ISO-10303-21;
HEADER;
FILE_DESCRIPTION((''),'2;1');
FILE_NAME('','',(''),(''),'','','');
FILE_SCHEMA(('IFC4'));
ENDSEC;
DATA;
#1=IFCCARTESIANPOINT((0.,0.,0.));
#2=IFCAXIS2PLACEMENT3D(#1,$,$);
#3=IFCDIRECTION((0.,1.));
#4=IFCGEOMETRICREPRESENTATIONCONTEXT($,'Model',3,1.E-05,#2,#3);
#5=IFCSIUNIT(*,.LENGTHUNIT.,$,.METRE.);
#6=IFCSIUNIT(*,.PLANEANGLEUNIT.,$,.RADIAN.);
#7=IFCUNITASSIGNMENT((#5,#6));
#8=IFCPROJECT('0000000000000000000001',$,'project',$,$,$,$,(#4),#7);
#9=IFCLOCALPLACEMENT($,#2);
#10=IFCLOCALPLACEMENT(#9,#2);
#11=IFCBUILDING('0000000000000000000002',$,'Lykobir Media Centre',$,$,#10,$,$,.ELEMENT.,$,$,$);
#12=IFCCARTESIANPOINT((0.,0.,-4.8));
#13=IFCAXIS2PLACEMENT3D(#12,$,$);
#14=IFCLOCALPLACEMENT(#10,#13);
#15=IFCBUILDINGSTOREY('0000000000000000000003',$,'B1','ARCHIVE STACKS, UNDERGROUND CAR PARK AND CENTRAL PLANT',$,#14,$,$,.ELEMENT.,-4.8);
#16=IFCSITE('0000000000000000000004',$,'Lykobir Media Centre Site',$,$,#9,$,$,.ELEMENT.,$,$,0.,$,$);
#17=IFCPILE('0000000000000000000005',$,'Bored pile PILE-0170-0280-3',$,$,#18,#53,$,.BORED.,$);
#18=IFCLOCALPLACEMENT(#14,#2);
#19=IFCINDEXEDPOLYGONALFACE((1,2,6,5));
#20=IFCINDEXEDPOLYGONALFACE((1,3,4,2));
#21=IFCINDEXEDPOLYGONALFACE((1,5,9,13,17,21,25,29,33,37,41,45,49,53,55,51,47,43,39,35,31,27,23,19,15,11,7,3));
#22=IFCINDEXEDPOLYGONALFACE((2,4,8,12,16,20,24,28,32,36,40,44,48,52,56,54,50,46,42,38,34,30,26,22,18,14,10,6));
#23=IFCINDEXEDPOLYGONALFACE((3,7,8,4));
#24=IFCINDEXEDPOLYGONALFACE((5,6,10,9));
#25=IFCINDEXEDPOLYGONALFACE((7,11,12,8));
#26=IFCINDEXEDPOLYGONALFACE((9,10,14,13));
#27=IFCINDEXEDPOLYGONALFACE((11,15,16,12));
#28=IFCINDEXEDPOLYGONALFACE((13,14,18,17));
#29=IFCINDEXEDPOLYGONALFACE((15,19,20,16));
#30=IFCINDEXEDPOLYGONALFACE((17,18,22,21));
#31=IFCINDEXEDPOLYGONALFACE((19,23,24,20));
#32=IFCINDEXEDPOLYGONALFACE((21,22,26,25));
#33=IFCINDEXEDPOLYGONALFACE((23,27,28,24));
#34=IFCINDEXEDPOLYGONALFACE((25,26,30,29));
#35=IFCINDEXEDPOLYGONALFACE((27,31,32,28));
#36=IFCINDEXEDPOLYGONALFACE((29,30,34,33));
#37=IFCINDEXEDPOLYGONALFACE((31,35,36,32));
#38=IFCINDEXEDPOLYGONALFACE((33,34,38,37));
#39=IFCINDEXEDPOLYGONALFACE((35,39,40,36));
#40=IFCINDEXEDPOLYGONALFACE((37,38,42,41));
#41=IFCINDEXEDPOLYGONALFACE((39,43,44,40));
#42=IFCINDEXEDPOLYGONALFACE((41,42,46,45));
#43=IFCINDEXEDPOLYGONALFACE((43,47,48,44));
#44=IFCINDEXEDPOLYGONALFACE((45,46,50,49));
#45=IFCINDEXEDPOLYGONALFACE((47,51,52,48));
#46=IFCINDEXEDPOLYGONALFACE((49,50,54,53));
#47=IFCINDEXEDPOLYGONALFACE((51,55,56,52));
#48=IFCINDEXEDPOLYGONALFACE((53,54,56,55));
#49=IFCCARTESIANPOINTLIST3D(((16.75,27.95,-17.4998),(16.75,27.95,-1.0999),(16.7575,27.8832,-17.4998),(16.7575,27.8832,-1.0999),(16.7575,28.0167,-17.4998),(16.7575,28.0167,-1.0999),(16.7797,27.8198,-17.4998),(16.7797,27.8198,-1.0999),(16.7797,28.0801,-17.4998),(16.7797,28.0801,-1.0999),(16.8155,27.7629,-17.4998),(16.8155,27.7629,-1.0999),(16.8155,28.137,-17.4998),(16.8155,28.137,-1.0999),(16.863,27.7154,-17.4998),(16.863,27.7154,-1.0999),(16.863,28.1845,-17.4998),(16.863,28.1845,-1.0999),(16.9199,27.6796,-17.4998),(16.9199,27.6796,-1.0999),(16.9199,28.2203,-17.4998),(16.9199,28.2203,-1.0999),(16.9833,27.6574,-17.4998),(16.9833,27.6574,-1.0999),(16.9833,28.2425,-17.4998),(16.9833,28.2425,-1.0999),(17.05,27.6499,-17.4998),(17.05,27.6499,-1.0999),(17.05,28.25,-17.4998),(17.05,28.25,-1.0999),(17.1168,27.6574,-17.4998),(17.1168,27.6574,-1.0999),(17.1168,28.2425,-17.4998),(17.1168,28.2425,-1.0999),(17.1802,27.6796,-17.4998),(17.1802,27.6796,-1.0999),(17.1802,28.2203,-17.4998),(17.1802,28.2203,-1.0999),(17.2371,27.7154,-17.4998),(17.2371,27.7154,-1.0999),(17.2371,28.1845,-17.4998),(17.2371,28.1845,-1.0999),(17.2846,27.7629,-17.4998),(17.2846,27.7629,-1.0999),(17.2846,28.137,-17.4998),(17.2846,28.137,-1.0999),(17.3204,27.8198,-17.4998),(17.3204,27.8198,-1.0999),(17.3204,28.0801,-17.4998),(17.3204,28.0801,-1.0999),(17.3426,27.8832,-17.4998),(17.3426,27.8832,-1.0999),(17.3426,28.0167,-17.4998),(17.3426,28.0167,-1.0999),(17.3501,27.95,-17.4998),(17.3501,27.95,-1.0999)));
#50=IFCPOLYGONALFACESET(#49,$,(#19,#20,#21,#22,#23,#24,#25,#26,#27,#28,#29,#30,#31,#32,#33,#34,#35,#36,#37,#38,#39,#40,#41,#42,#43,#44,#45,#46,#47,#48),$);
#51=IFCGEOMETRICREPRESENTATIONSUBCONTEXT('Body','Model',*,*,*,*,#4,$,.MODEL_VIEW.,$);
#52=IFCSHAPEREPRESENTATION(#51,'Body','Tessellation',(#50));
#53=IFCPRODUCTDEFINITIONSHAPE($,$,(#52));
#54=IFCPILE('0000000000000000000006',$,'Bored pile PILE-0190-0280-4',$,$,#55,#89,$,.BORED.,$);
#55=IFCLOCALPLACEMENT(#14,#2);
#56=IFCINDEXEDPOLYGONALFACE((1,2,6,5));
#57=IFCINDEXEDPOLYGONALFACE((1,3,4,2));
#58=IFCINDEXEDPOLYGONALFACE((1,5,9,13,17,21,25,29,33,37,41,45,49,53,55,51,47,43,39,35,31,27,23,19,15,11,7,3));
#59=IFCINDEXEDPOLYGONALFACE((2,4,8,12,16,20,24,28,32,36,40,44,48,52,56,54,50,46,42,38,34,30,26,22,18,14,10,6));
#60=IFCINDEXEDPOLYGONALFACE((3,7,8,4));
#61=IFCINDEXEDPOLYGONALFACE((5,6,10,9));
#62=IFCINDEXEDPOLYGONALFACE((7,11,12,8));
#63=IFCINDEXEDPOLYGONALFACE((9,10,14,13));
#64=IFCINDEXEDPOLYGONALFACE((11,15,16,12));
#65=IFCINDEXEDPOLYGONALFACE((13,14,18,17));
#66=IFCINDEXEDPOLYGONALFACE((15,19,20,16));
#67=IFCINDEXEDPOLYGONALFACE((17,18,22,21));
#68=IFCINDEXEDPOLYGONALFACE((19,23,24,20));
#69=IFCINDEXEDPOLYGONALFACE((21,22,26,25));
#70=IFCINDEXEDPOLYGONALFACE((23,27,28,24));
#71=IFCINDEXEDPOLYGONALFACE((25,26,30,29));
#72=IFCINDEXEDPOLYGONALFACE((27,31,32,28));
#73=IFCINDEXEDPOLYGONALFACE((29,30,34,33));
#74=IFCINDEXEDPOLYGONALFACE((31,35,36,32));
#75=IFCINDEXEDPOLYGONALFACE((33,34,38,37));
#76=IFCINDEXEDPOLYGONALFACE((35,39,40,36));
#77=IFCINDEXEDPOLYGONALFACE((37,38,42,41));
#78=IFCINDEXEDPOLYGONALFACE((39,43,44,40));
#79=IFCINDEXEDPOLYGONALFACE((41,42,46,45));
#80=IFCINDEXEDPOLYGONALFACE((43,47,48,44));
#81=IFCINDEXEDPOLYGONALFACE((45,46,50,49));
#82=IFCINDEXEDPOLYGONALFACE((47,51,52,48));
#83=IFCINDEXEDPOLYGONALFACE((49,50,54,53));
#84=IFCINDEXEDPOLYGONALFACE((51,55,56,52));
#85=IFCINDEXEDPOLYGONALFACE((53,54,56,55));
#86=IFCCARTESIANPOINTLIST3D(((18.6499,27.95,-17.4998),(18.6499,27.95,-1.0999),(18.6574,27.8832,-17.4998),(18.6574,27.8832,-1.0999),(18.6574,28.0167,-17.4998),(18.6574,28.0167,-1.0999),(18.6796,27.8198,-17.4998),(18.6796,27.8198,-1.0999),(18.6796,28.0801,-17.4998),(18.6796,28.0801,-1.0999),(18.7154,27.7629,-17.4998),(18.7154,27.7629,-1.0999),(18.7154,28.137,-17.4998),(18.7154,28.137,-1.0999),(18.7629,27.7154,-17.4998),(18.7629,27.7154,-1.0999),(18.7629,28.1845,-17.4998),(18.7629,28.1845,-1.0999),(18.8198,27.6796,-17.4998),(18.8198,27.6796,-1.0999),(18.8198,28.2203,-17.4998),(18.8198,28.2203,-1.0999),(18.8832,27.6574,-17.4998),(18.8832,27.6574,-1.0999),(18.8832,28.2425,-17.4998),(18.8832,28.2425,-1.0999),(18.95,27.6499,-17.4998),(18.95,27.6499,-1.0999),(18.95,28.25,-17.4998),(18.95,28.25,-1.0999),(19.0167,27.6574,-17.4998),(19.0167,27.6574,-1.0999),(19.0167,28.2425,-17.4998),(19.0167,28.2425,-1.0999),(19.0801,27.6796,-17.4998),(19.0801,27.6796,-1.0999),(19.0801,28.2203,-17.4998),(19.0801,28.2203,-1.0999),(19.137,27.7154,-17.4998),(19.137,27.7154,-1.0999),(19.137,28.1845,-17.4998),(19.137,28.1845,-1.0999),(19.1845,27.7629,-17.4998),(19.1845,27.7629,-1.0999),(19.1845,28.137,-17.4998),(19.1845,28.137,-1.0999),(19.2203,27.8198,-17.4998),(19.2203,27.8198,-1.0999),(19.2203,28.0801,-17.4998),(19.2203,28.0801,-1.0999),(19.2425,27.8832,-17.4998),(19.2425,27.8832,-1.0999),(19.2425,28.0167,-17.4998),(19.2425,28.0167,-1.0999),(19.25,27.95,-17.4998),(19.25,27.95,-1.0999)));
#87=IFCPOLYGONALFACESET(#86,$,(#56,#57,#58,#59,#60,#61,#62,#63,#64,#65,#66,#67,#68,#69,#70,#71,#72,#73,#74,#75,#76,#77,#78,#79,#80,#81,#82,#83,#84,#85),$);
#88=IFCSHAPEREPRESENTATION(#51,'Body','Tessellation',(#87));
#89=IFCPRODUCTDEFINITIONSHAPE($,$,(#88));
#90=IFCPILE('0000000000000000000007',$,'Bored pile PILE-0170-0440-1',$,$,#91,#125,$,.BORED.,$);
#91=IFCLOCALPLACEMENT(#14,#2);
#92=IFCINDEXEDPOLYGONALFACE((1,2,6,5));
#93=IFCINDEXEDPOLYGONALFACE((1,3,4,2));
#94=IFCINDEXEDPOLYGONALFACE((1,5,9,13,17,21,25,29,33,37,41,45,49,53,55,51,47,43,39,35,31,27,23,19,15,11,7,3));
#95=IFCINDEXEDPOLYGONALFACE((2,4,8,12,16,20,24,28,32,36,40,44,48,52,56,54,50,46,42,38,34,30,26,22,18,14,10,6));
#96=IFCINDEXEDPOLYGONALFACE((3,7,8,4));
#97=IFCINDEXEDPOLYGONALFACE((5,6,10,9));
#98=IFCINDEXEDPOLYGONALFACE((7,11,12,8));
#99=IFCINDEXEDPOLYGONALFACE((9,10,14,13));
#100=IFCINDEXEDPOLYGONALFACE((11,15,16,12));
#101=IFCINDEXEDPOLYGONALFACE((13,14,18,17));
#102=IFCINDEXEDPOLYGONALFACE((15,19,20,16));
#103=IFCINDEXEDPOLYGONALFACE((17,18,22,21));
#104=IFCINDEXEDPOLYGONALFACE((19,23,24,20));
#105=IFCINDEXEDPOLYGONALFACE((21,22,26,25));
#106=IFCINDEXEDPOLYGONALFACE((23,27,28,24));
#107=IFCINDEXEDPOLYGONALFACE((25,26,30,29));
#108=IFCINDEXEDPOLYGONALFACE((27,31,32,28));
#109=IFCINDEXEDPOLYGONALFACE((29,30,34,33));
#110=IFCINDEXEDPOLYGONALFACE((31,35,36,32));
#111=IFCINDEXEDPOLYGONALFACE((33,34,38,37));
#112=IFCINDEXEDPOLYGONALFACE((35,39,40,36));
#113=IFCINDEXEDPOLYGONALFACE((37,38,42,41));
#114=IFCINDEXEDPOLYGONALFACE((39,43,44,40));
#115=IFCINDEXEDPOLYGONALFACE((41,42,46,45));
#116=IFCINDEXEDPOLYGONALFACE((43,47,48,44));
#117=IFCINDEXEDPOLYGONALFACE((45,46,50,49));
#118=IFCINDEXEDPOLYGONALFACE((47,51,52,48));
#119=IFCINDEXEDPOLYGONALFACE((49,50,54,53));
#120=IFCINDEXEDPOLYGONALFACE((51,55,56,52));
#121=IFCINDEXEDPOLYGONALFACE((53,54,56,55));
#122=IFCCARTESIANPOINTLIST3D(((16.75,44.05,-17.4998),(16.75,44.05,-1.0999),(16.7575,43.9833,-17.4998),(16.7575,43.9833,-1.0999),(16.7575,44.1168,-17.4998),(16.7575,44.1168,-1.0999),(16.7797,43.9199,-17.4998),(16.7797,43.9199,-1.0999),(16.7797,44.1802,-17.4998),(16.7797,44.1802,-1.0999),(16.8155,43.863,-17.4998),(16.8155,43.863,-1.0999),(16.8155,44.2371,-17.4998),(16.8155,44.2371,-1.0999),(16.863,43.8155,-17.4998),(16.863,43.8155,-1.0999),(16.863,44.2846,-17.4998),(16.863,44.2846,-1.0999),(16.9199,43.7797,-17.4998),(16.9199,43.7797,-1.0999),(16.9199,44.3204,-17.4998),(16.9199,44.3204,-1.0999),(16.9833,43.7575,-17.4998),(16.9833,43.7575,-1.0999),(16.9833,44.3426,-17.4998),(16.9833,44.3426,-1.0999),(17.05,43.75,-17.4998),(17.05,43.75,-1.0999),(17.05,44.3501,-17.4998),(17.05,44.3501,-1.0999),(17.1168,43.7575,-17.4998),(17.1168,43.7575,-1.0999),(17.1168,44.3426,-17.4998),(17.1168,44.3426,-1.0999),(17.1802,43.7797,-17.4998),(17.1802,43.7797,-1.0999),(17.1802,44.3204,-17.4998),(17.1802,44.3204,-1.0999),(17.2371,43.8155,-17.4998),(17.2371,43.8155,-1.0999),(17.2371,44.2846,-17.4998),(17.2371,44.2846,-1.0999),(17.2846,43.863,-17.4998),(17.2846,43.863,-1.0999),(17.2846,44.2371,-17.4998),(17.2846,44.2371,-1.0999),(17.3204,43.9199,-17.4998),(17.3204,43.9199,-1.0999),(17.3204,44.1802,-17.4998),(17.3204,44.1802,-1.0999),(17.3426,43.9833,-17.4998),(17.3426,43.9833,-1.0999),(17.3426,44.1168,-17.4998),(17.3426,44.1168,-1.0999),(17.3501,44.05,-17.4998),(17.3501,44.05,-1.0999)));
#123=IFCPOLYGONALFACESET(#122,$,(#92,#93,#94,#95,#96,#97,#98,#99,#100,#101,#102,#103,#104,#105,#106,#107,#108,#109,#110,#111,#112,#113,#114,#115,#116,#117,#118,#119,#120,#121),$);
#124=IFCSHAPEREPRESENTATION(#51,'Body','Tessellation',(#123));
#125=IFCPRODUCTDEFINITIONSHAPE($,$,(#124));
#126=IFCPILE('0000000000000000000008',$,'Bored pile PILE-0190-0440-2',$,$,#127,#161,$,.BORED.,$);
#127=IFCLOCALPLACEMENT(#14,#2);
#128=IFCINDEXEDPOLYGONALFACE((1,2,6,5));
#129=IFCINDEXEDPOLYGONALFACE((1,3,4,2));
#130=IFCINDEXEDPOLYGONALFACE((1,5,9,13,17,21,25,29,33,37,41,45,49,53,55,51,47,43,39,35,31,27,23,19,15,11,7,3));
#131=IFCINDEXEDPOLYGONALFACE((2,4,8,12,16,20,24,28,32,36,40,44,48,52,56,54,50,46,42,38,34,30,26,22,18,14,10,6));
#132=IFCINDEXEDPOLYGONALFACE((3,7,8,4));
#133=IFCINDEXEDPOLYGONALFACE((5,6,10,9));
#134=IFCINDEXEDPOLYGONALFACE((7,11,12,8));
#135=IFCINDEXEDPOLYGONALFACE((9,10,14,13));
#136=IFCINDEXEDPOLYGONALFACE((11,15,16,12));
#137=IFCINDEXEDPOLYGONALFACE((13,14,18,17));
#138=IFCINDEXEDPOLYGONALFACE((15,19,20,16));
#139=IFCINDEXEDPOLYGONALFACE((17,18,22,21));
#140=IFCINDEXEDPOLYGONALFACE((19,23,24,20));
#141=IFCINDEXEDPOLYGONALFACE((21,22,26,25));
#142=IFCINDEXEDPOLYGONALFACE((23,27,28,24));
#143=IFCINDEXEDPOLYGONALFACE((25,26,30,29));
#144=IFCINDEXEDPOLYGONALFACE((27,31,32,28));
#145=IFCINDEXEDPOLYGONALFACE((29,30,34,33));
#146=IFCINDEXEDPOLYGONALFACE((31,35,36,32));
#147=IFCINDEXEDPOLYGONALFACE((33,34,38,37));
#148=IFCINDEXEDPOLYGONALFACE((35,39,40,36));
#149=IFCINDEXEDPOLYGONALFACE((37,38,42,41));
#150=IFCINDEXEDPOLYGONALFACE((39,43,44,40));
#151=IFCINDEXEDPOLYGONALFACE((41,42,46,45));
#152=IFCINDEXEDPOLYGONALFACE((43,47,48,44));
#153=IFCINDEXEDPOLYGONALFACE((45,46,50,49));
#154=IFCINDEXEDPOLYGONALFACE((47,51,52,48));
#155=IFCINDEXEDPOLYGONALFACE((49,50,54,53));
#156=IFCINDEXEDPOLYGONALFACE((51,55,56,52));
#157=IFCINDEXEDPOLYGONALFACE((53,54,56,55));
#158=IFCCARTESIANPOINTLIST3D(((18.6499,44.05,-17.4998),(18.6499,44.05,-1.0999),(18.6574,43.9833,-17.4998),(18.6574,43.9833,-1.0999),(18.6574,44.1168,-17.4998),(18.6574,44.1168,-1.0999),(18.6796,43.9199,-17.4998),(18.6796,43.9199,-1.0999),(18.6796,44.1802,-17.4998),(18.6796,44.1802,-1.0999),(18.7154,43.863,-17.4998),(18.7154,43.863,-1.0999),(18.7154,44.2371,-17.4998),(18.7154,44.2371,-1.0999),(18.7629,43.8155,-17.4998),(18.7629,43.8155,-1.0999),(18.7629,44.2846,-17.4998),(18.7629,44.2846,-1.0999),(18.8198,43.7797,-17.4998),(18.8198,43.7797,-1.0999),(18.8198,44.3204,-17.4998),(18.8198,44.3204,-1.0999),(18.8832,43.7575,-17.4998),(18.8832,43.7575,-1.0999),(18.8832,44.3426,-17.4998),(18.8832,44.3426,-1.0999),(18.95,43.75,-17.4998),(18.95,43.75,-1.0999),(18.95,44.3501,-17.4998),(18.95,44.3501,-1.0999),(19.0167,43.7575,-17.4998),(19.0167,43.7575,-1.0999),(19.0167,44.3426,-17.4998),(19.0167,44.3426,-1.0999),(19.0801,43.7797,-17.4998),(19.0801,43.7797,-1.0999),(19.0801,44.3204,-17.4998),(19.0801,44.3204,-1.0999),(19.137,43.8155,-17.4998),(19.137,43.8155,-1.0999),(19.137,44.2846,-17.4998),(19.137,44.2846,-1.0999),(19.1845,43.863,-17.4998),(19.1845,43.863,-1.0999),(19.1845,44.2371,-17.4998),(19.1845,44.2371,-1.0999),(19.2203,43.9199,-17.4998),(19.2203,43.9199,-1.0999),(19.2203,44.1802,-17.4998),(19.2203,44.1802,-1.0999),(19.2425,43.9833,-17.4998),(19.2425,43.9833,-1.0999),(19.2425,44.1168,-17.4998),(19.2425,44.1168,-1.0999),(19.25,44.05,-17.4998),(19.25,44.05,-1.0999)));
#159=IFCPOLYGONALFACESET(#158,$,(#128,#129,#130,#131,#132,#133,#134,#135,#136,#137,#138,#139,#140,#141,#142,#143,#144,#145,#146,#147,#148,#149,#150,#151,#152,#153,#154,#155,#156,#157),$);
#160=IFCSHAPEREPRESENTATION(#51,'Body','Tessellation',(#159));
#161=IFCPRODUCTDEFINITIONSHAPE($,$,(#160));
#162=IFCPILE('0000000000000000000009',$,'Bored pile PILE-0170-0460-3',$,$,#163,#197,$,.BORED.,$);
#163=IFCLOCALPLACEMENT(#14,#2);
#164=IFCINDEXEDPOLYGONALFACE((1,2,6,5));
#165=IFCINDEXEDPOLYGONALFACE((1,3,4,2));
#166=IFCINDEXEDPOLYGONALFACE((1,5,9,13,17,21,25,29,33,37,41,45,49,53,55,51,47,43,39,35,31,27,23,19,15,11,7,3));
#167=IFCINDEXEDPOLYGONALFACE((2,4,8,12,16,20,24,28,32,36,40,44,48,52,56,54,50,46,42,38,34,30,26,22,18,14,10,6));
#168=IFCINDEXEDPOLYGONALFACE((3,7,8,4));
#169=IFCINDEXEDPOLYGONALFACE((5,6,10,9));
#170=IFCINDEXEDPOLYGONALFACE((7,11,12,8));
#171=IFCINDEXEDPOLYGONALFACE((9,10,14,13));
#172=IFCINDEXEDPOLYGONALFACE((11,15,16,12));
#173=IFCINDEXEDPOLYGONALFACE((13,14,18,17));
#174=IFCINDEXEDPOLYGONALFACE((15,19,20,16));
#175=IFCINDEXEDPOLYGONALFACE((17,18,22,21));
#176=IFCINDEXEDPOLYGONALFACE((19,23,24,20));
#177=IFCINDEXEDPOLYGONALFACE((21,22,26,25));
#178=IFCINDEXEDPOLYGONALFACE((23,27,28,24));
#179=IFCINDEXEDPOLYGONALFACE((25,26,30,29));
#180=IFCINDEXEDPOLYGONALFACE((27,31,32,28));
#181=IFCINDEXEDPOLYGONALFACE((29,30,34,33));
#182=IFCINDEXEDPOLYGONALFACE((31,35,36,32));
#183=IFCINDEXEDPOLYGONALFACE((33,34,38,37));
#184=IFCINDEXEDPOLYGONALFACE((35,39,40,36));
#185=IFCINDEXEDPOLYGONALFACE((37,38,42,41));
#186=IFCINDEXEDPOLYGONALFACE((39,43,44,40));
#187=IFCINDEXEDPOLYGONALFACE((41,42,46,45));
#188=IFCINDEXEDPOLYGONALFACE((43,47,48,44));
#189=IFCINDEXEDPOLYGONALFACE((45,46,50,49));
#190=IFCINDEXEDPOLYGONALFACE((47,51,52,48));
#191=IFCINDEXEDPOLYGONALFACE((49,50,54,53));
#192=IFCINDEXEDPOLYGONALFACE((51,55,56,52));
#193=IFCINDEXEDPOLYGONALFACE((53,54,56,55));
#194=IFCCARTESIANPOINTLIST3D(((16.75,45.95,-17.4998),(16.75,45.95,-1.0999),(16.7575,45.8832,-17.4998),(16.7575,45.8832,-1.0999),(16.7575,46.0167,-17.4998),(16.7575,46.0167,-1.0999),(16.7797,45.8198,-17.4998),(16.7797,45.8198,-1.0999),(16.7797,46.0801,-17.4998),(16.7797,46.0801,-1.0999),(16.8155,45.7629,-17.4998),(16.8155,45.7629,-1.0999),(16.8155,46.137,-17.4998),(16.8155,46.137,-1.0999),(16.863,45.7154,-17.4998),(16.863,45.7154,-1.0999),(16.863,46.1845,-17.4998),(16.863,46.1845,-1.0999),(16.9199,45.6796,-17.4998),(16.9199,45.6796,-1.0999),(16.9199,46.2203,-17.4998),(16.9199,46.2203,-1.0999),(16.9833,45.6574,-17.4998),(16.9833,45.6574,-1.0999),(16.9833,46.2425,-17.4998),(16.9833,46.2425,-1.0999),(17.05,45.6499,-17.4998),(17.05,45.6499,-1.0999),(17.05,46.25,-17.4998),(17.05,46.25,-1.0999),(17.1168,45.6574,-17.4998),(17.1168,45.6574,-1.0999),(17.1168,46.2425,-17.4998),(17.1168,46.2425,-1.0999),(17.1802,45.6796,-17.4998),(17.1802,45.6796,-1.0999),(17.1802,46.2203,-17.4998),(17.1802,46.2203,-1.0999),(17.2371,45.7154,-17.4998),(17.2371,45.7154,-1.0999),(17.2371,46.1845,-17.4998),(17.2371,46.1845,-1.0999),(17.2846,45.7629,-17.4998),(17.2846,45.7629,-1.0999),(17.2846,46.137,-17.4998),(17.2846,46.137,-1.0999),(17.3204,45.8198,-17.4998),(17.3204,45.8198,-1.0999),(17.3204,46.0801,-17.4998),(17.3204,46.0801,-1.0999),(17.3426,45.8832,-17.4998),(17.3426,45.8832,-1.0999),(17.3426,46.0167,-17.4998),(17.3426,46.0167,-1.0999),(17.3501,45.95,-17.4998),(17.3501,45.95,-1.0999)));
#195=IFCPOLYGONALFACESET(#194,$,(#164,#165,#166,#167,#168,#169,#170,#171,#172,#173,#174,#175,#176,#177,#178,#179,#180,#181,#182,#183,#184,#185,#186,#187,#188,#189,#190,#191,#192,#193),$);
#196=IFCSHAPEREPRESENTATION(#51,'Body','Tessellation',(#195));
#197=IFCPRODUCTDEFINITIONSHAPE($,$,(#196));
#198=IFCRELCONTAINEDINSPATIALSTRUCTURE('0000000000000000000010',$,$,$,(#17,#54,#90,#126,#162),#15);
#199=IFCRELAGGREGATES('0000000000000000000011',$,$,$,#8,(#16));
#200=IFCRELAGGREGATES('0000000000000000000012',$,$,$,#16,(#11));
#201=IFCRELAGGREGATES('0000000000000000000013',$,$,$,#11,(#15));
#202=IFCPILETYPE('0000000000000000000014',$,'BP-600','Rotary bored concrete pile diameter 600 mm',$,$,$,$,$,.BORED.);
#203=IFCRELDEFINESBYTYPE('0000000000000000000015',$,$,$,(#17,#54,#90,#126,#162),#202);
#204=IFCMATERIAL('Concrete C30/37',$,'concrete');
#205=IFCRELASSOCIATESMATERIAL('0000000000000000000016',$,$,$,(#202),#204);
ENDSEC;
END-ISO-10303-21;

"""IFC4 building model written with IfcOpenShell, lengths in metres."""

from ifc_helpers import new_model, si_unit, direction, frame, origin, origin_2d, place, context, subcontext, project, spatial, circle, extrude, material, material_profile, profile_set, type_object, element, save


model = new_model("IFC4")

# Units and contexts
model_context = context("Model", 3, precision=1e-05, world=origin(), true_north=direction((0.0, 1.0)))
body_context = subcontext(model_context, "Body", "Model", "MODEL_VIEW")
ifc_project = project(units=[si_unit("LENGTHUNIT", "METRE"), si_unit("PLANEANGLEUNIT", "RADIAN")], contexts=[model_context])

# Site, building, storey
site_placement = place(None, origin())
site = spatial("IfcSite", under=ifc_project, at=site_placement, Name="Lykobir Media Centre Site", CompositionType="ELEMENT", RefElevation=0.0)
building_placement = place(site_placement, origin())
building = spatial("IfcBuilding", under=site, at=building_placement, Name="Lykobir Media Centre", CompositionType="ELEMENT")
storey_placement = place(building_placement, frame((0.0, 0.0, -4.8)))
storey = spatial("IfcBuildingStorey", under=building, at=storey_placement, Name="B1", Description="ARCHIVE STACKS, UNDERGROUND CAR PARK AND CENTRAL PLANT", CompositionType="ELEMENT", Elevation=-4.8)

# Piles
ifc_material_1 = material(Name="Concrete C30/37", Category="concrete")
ifc_material_profile_1 = material_profile(ifc_material_1, circle(Radius=0.3, at=origin_2d()), Name="BORED PILE D600")
ifc_profile_set_1 = profile_set([ifc_material_profile_1], Name="Concrete C30/37")
pile_type_1 = type_object("IfcPileType", Name="BP-600", Description="Rotary bored concrete pile diameter 600 mm", PredefinedType="BORED", material=ifc_profile_set_1)
for number, where, z_axis, x_axis, name in (
    (1, (17.05, 27.95, -1.0999), (0.0, 0.0, -1.0), (1.0, 0.0, 0.0), "Bored pile PILE-0170-0280-3"),
    (2, (18.95, 27.95, -1.0999), (0.0, 0.0, -1.0), (1.0, 0.0, 0.0), "Bored pile PILE-0190-0280-4"),
    (3, (17.05, 44.05, -1.0999), (0.0, 0.0, -1.0), (1.0, 0.0, 0.0), "Bored pile PILE-0170-0440-1"),
    (4, (18.95, 44.05, -1.0999), (0.0, 0.0, -1.0), (1.0, 0.0, 0.0), "Bored pile PILE-0190-0440-2"),
    (5, (17.05, 45.95, -1.0999), (0.0, 0.0, -1.0), (1.0, 0.0, 0.0), "Bored pile PILE-0170-0460-3"),
):
    element("IfcPile", number, at=place(storey_placement, frame(where, z_axis=z_axis, x_axis=x_axis)), inside=storey, type_object=pile_type_1, Name=name, PredefinedType="BORED", context=body_context, shape_type="SweptSolid", body=[
        extrude(circle(Radius=0.3, at=origin_2d()), origin(), (0.0, 0.0, 1.0), 16.3999),
    ])

save(model, "model.ifc")
